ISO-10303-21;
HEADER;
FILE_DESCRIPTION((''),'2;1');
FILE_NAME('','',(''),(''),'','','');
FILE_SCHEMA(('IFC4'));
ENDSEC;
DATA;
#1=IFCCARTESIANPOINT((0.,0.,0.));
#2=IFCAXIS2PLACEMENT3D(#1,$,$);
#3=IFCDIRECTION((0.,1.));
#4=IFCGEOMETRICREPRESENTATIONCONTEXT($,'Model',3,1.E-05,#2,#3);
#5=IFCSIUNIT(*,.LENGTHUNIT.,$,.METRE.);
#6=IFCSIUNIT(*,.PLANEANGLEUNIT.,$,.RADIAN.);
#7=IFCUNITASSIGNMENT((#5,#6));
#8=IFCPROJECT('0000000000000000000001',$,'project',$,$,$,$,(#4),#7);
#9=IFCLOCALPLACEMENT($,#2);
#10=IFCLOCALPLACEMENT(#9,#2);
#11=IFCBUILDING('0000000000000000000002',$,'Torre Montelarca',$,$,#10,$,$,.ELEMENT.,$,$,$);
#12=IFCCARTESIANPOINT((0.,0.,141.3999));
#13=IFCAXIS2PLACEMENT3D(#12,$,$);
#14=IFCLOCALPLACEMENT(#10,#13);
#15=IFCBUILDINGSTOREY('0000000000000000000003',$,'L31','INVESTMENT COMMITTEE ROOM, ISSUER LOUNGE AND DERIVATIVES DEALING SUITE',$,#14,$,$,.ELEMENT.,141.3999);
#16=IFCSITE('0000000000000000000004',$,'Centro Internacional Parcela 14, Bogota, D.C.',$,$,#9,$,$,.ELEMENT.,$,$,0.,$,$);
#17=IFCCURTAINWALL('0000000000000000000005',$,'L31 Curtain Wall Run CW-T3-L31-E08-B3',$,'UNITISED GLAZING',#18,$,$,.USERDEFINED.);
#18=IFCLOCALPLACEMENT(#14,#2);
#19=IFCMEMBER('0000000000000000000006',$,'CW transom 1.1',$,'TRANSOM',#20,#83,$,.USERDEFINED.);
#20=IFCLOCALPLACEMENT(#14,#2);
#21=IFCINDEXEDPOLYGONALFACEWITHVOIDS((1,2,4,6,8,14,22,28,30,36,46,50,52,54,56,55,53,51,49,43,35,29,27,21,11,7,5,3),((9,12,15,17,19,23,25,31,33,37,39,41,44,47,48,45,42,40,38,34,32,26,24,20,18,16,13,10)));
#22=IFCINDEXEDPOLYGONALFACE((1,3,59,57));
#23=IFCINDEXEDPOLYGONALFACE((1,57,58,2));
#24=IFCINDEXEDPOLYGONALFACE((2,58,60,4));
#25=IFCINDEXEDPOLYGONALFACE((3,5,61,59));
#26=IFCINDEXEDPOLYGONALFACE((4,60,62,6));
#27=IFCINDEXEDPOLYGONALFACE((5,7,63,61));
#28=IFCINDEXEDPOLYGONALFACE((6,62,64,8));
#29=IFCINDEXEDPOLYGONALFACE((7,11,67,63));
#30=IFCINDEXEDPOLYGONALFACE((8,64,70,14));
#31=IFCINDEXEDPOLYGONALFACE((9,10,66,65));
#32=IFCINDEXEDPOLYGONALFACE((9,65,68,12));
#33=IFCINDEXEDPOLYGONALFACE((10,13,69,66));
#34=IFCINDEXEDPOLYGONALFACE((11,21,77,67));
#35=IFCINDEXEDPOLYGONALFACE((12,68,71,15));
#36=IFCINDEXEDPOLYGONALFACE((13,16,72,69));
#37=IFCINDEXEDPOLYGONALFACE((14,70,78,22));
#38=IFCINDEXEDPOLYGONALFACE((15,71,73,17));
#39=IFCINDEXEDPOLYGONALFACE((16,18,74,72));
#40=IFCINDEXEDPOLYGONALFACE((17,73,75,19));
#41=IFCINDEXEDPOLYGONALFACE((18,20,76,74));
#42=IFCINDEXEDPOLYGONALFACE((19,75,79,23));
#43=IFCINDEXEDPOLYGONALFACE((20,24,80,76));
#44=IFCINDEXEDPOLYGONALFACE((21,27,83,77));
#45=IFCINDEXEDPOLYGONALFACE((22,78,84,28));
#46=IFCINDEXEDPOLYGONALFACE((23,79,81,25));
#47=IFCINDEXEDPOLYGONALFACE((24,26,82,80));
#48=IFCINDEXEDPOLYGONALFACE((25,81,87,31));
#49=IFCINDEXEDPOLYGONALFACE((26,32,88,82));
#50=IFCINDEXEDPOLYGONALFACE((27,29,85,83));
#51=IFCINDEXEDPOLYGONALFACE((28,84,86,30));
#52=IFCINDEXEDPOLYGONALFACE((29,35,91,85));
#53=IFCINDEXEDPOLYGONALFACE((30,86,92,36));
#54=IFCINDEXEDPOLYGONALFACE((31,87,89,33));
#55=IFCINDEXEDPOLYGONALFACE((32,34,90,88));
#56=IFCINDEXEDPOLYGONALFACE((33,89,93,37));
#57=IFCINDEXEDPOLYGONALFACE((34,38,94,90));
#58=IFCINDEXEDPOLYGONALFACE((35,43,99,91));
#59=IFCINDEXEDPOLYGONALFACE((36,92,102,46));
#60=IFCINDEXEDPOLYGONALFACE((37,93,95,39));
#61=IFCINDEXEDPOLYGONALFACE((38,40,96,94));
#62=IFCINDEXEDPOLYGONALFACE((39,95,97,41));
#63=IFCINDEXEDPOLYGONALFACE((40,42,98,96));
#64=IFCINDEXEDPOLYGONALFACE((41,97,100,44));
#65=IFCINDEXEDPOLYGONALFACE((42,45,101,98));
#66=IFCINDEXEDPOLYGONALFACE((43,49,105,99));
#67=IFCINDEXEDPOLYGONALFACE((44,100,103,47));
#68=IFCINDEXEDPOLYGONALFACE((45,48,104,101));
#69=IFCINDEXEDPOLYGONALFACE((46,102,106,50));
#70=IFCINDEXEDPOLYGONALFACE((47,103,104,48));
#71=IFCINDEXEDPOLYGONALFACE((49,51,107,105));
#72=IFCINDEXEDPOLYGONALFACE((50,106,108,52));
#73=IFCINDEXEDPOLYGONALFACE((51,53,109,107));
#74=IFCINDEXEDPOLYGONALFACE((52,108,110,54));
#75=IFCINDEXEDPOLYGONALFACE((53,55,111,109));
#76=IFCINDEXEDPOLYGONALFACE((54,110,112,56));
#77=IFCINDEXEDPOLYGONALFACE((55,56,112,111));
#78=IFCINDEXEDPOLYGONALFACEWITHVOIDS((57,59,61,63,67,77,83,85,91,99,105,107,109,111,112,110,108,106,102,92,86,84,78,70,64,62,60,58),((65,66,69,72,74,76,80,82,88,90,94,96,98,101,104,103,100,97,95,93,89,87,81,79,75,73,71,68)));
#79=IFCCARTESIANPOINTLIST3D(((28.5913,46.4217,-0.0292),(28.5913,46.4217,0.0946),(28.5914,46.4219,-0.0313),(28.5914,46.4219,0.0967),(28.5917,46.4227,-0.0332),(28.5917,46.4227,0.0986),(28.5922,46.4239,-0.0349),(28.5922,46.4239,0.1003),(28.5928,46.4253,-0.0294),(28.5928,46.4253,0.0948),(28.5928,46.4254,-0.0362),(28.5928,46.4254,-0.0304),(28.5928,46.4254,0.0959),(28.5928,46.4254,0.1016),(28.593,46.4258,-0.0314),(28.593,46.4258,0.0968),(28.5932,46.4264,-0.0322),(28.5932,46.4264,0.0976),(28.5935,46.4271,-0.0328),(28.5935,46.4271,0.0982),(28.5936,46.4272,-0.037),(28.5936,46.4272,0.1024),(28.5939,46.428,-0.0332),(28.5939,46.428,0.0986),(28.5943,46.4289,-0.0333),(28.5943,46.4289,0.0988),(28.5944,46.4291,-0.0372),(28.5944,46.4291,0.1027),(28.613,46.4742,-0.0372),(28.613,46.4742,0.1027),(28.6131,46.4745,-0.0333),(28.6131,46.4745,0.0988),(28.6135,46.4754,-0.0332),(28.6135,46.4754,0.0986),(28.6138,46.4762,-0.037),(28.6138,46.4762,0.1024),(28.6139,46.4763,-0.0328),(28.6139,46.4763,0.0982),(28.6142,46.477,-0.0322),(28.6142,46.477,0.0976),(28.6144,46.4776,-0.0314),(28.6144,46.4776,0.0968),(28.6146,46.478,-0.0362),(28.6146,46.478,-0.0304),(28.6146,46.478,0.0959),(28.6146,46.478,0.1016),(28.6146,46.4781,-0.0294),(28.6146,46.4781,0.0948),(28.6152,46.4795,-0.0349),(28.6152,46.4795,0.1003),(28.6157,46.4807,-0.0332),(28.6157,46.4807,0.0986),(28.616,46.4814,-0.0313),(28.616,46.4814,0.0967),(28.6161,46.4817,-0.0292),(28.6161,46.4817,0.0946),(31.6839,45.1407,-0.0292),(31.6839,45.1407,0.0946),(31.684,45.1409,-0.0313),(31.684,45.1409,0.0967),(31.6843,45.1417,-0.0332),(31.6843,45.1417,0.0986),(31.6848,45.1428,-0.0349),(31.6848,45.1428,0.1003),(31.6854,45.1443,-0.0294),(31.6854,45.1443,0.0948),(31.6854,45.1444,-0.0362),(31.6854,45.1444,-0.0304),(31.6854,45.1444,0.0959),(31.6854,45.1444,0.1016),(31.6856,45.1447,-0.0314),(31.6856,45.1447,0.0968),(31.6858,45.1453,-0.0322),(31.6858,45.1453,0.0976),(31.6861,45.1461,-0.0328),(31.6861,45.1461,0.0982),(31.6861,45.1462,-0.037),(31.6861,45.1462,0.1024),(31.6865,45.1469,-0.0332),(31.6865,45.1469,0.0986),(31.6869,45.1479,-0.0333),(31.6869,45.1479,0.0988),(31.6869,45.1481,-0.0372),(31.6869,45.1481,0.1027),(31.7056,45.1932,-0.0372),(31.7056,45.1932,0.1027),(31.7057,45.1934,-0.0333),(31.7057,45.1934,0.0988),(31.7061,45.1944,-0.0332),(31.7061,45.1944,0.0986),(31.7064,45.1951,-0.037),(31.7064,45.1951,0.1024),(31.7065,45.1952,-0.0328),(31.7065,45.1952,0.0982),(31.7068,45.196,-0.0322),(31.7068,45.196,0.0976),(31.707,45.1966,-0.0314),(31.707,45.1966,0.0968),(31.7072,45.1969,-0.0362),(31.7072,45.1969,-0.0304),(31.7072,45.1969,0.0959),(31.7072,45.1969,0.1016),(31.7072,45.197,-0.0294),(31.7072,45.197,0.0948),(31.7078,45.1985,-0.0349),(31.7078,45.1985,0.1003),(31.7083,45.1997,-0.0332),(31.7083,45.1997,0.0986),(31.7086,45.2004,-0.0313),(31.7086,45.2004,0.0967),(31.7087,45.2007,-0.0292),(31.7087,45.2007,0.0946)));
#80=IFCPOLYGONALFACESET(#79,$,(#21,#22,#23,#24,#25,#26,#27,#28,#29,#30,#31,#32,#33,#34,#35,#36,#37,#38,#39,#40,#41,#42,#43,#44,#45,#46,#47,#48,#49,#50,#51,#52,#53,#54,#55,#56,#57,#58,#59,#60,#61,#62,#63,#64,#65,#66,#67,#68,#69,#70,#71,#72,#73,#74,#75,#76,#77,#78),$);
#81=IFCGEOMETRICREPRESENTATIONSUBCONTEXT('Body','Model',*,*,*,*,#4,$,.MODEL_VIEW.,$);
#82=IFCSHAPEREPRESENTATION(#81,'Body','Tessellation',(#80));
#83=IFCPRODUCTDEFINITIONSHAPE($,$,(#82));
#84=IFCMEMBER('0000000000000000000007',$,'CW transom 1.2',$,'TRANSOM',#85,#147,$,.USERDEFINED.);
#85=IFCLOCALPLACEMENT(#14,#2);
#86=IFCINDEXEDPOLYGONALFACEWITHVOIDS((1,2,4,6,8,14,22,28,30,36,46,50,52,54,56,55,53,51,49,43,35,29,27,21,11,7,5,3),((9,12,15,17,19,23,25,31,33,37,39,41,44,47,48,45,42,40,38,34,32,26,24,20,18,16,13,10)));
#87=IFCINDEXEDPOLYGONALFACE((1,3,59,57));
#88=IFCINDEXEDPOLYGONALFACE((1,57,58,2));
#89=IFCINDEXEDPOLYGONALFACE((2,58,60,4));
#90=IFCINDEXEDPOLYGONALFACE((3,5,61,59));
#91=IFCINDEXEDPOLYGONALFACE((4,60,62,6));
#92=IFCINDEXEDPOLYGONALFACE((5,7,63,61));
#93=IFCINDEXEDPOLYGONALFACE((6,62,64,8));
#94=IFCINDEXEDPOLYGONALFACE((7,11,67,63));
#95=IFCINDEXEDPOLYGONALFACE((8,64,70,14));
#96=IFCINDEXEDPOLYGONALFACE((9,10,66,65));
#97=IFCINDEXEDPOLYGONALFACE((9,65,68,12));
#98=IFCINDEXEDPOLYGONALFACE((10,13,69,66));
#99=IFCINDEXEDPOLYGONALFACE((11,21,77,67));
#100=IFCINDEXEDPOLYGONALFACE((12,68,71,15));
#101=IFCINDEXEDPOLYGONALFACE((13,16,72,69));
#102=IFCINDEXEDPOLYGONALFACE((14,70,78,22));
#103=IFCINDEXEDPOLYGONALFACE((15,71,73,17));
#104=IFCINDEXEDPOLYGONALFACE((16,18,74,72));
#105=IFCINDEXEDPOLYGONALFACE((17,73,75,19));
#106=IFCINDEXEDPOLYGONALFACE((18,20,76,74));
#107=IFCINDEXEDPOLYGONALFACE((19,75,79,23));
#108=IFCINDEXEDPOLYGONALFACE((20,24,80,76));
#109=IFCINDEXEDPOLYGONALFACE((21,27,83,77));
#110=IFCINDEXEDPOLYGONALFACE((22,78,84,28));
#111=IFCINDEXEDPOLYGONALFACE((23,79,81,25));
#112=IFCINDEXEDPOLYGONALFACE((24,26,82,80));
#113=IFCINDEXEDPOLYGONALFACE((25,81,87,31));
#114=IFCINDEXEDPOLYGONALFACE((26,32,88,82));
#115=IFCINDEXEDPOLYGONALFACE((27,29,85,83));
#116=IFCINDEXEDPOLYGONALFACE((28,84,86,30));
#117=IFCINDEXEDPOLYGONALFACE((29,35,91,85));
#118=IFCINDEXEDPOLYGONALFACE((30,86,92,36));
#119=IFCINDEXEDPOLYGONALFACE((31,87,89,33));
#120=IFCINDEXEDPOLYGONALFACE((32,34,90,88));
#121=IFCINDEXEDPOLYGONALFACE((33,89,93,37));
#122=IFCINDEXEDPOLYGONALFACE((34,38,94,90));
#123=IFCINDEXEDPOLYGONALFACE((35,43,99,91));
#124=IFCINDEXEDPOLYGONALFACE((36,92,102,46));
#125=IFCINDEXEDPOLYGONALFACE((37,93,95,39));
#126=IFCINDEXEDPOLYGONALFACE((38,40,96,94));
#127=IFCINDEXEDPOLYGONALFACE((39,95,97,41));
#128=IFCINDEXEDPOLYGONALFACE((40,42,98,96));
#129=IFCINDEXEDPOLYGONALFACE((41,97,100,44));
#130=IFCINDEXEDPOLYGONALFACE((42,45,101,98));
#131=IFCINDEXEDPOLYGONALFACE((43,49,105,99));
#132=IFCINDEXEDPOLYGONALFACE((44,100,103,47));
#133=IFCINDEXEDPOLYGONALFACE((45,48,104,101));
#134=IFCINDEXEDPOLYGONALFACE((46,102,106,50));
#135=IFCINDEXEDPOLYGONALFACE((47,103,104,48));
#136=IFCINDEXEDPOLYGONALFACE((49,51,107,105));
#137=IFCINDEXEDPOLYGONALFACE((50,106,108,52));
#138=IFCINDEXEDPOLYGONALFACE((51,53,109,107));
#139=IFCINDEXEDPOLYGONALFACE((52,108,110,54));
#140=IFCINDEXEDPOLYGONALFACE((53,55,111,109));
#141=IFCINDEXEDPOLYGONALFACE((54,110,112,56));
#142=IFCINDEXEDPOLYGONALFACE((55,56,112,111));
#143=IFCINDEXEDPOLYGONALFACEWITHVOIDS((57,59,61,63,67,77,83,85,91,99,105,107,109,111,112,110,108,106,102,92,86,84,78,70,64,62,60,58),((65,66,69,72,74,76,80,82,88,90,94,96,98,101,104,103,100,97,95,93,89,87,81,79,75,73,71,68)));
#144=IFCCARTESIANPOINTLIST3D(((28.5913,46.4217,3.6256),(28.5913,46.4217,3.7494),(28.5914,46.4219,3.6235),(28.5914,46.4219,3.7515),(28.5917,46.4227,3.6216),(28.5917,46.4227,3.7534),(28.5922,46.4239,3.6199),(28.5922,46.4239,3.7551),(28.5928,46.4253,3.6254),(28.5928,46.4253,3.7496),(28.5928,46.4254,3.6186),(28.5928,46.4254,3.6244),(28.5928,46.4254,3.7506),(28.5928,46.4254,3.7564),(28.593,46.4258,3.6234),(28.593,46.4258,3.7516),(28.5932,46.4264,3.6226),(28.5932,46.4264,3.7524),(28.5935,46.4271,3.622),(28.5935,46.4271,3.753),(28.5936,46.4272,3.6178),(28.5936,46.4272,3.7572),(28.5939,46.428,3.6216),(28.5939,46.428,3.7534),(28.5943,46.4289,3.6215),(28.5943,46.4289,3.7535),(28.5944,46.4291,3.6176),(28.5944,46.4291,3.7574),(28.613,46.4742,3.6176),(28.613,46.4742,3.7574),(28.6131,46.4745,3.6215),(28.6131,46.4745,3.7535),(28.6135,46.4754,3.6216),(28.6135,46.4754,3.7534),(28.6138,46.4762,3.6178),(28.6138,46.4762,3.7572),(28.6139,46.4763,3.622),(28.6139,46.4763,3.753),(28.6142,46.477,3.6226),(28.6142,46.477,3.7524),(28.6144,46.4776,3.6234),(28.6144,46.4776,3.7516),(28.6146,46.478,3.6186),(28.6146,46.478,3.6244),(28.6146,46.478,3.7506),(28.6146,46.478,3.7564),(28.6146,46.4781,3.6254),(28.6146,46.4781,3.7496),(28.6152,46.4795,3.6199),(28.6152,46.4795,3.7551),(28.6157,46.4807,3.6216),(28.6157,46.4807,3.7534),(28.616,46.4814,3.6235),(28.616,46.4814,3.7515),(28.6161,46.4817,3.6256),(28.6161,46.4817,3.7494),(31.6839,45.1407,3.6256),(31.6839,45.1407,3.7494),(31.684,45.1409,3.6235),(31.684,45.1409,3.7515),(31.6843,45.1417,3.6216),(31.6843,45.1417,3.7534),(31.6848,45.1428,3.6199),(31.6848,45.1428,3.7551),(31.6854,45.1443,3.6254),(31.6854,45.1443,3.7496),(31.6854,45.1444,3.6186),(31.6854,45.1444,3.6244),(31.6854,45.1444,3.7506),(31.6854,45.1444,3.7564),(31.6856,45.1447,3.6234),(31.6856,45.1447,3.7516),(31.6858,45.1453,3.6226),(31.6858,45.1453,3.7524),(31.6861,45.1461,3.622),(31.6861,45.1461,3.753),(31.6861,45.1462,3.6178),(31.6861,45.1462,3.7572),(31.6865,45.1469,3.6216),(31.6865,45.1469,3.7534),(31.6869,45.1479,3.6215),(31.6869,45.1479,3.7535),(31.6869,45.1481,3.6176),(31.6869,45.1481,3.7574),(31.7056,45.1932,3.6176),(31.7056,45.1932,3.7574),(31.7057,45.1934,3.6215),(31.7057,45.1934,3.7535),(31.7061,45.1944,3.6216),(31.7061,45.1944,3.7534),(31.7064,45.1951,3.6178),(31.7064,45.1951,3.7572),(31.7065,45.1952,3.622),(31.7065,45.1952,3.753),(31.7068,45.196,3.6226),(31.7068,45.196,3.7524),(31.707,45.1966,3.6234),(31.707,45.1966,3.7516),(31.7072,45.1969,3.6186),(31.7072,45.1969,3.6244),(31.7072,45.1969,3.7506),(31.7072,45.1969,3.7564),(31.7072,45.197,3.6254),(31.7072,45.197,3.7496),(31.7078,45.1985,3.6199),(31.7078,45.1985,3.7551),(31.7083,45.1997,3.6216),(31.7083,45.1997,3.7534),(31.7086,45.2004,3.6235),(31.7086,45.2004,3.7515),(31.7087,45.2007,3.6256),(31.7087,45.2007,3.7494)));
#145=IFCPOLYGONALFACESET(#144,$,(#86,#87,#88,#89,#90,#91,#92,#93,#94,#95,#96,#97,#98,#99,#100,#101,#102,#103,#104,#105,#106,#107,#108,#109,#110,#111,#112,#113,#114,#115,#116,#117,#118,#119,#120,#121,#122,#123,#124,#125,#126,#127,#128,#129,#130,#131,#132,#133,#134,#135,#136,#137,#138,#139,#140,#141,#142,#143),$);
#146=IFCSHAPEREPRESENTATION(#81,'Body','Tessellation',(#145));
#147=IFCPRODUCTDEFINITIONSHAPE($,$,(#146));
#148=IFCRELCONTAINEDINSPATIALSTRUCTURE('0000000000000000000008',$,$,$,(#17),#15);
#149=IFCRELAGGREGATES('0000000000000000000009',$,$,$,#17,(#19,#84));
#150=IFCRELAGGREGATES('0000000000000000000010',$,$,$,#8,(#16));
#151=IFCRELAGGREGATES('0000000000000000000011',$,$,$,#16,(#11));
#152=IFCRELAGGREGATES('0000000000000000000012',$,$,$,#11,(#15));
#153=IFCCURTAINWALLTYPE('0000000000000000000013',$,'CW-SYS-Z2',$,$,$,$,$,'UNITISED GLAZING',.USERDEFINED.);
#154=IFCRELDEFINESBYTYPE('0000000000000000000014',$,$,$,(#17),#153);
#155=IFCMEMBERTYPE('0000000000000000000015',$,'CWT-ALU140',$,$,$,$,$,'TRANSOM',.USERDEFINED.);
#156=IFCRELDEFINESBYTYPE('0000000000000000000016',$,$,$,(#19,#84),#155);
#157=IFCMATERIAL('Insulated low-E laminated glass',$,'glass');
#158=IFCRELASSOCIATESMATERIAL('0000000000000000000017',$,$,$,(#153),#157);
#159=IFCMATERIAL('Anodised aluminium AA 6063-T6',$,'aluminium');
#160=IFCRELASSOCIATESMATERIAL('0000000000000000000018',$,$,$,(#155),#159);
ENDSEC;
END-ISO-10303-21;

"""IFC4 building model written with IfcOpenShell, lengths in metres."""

from ifc_helpers import new_model, si_unit, direction, frame, origin, origin_2d, place, context, subcontext, project, spatial, hollow_rectangle, extrude, source, transform, mapped, material, material_profile, profile_set, type_object, element, aggregate, save


model = new_model("IFC4")

# Units and contexts
model_context = context("Model", 3, precision=1e-05, world=origin(), true_north=direction((0.0, 1.0)))
body_context = subcontext(model_context, "Body", "Model", "MODEL_VIEW")
ifc_project = project(units=[si_unit("LENGTHUNIT", "METRE"), si_unit("PLANEANGLEUNIT", "RADIAN")], contexts=[model_context])

# Site, building, storey
site_placement = place(None, origin())
site = spatial("IfcSite", under=ifc_project, at=site_placement, Name="Centro Internacional Parcela 14, Bogota, D.C.", CompositionType="ELEMENT", RefElevation=0.0)
building_placement = place(site_placement, origin())
building = spatial("IfcBuilding", under=site, at=building_placement, Name="Torre Montelarca", CompositionType="ELEMENT")
storey_placement = place(building_placement, frame((0.0, 0.0, 141.3999)))
storey = spatial("IfcBuildingStorey", under=building, at=storey_placement, Name="L31", Description="INVESTMENT COMMITTEE ROOM, ISSUER LOUNGE AND DERIVATIVES DEALING SUITE", CompositionType="ELEMENT", Elevation=141.3999)

# Curtain wall
ifc_material_1 = material(Name="Insulated low-E laminated glass", Category="glass")
curtain_wall_type = type_object("IfcCurtainWallType", Name="CW-SYS-Z2", ElementType="UNITISED GLAZING", PredefinedType="USERDEFINED", material=ifc_material_1)
curtain_wall_1_placement = place(storey_placement, origin())
curtain_wall_1 = element("IfcCurtainWall", 1, at=curtain_wall_1_placement, inside=storey, type_object=curtain_wall_type, Name="L31 Curtain Wall Run CW-T3-L31-E08-B3", ObjectType="UNITISED GLAZING", PredefinedType="USERDEFINED")
ifc_material_2 = material(Name="Anodised aluminium AA 6063-T6", Category="aluminium")

# Members
ifc_material_profile_1 = material_profile(ifc_material_2, hollow_rectangle(XDim=0.0649, YDim=0.1399, WallThickness=0.0039, InnerFilletRadius=0.0039, OuterFilletRadius=0.0081, at=origin_2d()), Name="ALU65X140X4", Category="aluminium")
ifc_profile_set_1 = profile_set([ifc_material_profile_1], Name="Anodised aluminium AA 6063-T6")
member_type_1 = type_object("IfcMemberType", Name="CWT-ALU140", ElementType="TRANSOM", PredefinedType="USERDEFINED", material=ifc_profile_set_1)
shared_shape_1 = source(origin(), body_context, "Body", "SweptSolid", [
    extrude(hollow_rectangle(XDim=0.0649, YDim=0.1399, WallThickness=0.0039, InnerFilletRadius=0.0039, OuterFilletRadius=0.0081, at=origin_2d()), origin(), (0.0, 0.0, 1.0), 3.3474),
])
member_1_placement = place(storey_placement, frame((31.6963, 45.1707, 0.0327), z_axis=(-0.923875, 0.382693, 0.0), x_axis=(-0.382693, -0.923875, 0.0)))
member_1 = element("IfcMember", 2, at=member_1_placement, type_object=member_type_1, Name="CW transom 1.1", ObjectType="TRANSOM", PredefinedType="USERDEFINED", context=body_context, shape_type="MappedRepresentation", body=[
    mapped(shared_shape_1, transform((0.0, 0.0, 0.0), scale=1.0)),
])
member_2_placement = place(storey_placement, frame((31.6963, 45.1707, 3.6875), z_axis=(-0.923875, 0.382693, 0.0), x_axis=(-0.382693, -0.923875, 0.0)))
member_2 = element("IfcMember", 3, at=member_2_placement, type_object=member_type_1, Name="CW transom 1.2", ObjectType="TRANSOM", PredefinedType="USERDEFINED", context=body_context, shape_type="MappedRepresentation", body=[
    mapped(shared_shape_1, transform((0.0, 0.0, 0.0), scale=1.0)),
])

aggregate(curtain_wall_1, [member_1, member_2])

save(model, "model.ifc")
